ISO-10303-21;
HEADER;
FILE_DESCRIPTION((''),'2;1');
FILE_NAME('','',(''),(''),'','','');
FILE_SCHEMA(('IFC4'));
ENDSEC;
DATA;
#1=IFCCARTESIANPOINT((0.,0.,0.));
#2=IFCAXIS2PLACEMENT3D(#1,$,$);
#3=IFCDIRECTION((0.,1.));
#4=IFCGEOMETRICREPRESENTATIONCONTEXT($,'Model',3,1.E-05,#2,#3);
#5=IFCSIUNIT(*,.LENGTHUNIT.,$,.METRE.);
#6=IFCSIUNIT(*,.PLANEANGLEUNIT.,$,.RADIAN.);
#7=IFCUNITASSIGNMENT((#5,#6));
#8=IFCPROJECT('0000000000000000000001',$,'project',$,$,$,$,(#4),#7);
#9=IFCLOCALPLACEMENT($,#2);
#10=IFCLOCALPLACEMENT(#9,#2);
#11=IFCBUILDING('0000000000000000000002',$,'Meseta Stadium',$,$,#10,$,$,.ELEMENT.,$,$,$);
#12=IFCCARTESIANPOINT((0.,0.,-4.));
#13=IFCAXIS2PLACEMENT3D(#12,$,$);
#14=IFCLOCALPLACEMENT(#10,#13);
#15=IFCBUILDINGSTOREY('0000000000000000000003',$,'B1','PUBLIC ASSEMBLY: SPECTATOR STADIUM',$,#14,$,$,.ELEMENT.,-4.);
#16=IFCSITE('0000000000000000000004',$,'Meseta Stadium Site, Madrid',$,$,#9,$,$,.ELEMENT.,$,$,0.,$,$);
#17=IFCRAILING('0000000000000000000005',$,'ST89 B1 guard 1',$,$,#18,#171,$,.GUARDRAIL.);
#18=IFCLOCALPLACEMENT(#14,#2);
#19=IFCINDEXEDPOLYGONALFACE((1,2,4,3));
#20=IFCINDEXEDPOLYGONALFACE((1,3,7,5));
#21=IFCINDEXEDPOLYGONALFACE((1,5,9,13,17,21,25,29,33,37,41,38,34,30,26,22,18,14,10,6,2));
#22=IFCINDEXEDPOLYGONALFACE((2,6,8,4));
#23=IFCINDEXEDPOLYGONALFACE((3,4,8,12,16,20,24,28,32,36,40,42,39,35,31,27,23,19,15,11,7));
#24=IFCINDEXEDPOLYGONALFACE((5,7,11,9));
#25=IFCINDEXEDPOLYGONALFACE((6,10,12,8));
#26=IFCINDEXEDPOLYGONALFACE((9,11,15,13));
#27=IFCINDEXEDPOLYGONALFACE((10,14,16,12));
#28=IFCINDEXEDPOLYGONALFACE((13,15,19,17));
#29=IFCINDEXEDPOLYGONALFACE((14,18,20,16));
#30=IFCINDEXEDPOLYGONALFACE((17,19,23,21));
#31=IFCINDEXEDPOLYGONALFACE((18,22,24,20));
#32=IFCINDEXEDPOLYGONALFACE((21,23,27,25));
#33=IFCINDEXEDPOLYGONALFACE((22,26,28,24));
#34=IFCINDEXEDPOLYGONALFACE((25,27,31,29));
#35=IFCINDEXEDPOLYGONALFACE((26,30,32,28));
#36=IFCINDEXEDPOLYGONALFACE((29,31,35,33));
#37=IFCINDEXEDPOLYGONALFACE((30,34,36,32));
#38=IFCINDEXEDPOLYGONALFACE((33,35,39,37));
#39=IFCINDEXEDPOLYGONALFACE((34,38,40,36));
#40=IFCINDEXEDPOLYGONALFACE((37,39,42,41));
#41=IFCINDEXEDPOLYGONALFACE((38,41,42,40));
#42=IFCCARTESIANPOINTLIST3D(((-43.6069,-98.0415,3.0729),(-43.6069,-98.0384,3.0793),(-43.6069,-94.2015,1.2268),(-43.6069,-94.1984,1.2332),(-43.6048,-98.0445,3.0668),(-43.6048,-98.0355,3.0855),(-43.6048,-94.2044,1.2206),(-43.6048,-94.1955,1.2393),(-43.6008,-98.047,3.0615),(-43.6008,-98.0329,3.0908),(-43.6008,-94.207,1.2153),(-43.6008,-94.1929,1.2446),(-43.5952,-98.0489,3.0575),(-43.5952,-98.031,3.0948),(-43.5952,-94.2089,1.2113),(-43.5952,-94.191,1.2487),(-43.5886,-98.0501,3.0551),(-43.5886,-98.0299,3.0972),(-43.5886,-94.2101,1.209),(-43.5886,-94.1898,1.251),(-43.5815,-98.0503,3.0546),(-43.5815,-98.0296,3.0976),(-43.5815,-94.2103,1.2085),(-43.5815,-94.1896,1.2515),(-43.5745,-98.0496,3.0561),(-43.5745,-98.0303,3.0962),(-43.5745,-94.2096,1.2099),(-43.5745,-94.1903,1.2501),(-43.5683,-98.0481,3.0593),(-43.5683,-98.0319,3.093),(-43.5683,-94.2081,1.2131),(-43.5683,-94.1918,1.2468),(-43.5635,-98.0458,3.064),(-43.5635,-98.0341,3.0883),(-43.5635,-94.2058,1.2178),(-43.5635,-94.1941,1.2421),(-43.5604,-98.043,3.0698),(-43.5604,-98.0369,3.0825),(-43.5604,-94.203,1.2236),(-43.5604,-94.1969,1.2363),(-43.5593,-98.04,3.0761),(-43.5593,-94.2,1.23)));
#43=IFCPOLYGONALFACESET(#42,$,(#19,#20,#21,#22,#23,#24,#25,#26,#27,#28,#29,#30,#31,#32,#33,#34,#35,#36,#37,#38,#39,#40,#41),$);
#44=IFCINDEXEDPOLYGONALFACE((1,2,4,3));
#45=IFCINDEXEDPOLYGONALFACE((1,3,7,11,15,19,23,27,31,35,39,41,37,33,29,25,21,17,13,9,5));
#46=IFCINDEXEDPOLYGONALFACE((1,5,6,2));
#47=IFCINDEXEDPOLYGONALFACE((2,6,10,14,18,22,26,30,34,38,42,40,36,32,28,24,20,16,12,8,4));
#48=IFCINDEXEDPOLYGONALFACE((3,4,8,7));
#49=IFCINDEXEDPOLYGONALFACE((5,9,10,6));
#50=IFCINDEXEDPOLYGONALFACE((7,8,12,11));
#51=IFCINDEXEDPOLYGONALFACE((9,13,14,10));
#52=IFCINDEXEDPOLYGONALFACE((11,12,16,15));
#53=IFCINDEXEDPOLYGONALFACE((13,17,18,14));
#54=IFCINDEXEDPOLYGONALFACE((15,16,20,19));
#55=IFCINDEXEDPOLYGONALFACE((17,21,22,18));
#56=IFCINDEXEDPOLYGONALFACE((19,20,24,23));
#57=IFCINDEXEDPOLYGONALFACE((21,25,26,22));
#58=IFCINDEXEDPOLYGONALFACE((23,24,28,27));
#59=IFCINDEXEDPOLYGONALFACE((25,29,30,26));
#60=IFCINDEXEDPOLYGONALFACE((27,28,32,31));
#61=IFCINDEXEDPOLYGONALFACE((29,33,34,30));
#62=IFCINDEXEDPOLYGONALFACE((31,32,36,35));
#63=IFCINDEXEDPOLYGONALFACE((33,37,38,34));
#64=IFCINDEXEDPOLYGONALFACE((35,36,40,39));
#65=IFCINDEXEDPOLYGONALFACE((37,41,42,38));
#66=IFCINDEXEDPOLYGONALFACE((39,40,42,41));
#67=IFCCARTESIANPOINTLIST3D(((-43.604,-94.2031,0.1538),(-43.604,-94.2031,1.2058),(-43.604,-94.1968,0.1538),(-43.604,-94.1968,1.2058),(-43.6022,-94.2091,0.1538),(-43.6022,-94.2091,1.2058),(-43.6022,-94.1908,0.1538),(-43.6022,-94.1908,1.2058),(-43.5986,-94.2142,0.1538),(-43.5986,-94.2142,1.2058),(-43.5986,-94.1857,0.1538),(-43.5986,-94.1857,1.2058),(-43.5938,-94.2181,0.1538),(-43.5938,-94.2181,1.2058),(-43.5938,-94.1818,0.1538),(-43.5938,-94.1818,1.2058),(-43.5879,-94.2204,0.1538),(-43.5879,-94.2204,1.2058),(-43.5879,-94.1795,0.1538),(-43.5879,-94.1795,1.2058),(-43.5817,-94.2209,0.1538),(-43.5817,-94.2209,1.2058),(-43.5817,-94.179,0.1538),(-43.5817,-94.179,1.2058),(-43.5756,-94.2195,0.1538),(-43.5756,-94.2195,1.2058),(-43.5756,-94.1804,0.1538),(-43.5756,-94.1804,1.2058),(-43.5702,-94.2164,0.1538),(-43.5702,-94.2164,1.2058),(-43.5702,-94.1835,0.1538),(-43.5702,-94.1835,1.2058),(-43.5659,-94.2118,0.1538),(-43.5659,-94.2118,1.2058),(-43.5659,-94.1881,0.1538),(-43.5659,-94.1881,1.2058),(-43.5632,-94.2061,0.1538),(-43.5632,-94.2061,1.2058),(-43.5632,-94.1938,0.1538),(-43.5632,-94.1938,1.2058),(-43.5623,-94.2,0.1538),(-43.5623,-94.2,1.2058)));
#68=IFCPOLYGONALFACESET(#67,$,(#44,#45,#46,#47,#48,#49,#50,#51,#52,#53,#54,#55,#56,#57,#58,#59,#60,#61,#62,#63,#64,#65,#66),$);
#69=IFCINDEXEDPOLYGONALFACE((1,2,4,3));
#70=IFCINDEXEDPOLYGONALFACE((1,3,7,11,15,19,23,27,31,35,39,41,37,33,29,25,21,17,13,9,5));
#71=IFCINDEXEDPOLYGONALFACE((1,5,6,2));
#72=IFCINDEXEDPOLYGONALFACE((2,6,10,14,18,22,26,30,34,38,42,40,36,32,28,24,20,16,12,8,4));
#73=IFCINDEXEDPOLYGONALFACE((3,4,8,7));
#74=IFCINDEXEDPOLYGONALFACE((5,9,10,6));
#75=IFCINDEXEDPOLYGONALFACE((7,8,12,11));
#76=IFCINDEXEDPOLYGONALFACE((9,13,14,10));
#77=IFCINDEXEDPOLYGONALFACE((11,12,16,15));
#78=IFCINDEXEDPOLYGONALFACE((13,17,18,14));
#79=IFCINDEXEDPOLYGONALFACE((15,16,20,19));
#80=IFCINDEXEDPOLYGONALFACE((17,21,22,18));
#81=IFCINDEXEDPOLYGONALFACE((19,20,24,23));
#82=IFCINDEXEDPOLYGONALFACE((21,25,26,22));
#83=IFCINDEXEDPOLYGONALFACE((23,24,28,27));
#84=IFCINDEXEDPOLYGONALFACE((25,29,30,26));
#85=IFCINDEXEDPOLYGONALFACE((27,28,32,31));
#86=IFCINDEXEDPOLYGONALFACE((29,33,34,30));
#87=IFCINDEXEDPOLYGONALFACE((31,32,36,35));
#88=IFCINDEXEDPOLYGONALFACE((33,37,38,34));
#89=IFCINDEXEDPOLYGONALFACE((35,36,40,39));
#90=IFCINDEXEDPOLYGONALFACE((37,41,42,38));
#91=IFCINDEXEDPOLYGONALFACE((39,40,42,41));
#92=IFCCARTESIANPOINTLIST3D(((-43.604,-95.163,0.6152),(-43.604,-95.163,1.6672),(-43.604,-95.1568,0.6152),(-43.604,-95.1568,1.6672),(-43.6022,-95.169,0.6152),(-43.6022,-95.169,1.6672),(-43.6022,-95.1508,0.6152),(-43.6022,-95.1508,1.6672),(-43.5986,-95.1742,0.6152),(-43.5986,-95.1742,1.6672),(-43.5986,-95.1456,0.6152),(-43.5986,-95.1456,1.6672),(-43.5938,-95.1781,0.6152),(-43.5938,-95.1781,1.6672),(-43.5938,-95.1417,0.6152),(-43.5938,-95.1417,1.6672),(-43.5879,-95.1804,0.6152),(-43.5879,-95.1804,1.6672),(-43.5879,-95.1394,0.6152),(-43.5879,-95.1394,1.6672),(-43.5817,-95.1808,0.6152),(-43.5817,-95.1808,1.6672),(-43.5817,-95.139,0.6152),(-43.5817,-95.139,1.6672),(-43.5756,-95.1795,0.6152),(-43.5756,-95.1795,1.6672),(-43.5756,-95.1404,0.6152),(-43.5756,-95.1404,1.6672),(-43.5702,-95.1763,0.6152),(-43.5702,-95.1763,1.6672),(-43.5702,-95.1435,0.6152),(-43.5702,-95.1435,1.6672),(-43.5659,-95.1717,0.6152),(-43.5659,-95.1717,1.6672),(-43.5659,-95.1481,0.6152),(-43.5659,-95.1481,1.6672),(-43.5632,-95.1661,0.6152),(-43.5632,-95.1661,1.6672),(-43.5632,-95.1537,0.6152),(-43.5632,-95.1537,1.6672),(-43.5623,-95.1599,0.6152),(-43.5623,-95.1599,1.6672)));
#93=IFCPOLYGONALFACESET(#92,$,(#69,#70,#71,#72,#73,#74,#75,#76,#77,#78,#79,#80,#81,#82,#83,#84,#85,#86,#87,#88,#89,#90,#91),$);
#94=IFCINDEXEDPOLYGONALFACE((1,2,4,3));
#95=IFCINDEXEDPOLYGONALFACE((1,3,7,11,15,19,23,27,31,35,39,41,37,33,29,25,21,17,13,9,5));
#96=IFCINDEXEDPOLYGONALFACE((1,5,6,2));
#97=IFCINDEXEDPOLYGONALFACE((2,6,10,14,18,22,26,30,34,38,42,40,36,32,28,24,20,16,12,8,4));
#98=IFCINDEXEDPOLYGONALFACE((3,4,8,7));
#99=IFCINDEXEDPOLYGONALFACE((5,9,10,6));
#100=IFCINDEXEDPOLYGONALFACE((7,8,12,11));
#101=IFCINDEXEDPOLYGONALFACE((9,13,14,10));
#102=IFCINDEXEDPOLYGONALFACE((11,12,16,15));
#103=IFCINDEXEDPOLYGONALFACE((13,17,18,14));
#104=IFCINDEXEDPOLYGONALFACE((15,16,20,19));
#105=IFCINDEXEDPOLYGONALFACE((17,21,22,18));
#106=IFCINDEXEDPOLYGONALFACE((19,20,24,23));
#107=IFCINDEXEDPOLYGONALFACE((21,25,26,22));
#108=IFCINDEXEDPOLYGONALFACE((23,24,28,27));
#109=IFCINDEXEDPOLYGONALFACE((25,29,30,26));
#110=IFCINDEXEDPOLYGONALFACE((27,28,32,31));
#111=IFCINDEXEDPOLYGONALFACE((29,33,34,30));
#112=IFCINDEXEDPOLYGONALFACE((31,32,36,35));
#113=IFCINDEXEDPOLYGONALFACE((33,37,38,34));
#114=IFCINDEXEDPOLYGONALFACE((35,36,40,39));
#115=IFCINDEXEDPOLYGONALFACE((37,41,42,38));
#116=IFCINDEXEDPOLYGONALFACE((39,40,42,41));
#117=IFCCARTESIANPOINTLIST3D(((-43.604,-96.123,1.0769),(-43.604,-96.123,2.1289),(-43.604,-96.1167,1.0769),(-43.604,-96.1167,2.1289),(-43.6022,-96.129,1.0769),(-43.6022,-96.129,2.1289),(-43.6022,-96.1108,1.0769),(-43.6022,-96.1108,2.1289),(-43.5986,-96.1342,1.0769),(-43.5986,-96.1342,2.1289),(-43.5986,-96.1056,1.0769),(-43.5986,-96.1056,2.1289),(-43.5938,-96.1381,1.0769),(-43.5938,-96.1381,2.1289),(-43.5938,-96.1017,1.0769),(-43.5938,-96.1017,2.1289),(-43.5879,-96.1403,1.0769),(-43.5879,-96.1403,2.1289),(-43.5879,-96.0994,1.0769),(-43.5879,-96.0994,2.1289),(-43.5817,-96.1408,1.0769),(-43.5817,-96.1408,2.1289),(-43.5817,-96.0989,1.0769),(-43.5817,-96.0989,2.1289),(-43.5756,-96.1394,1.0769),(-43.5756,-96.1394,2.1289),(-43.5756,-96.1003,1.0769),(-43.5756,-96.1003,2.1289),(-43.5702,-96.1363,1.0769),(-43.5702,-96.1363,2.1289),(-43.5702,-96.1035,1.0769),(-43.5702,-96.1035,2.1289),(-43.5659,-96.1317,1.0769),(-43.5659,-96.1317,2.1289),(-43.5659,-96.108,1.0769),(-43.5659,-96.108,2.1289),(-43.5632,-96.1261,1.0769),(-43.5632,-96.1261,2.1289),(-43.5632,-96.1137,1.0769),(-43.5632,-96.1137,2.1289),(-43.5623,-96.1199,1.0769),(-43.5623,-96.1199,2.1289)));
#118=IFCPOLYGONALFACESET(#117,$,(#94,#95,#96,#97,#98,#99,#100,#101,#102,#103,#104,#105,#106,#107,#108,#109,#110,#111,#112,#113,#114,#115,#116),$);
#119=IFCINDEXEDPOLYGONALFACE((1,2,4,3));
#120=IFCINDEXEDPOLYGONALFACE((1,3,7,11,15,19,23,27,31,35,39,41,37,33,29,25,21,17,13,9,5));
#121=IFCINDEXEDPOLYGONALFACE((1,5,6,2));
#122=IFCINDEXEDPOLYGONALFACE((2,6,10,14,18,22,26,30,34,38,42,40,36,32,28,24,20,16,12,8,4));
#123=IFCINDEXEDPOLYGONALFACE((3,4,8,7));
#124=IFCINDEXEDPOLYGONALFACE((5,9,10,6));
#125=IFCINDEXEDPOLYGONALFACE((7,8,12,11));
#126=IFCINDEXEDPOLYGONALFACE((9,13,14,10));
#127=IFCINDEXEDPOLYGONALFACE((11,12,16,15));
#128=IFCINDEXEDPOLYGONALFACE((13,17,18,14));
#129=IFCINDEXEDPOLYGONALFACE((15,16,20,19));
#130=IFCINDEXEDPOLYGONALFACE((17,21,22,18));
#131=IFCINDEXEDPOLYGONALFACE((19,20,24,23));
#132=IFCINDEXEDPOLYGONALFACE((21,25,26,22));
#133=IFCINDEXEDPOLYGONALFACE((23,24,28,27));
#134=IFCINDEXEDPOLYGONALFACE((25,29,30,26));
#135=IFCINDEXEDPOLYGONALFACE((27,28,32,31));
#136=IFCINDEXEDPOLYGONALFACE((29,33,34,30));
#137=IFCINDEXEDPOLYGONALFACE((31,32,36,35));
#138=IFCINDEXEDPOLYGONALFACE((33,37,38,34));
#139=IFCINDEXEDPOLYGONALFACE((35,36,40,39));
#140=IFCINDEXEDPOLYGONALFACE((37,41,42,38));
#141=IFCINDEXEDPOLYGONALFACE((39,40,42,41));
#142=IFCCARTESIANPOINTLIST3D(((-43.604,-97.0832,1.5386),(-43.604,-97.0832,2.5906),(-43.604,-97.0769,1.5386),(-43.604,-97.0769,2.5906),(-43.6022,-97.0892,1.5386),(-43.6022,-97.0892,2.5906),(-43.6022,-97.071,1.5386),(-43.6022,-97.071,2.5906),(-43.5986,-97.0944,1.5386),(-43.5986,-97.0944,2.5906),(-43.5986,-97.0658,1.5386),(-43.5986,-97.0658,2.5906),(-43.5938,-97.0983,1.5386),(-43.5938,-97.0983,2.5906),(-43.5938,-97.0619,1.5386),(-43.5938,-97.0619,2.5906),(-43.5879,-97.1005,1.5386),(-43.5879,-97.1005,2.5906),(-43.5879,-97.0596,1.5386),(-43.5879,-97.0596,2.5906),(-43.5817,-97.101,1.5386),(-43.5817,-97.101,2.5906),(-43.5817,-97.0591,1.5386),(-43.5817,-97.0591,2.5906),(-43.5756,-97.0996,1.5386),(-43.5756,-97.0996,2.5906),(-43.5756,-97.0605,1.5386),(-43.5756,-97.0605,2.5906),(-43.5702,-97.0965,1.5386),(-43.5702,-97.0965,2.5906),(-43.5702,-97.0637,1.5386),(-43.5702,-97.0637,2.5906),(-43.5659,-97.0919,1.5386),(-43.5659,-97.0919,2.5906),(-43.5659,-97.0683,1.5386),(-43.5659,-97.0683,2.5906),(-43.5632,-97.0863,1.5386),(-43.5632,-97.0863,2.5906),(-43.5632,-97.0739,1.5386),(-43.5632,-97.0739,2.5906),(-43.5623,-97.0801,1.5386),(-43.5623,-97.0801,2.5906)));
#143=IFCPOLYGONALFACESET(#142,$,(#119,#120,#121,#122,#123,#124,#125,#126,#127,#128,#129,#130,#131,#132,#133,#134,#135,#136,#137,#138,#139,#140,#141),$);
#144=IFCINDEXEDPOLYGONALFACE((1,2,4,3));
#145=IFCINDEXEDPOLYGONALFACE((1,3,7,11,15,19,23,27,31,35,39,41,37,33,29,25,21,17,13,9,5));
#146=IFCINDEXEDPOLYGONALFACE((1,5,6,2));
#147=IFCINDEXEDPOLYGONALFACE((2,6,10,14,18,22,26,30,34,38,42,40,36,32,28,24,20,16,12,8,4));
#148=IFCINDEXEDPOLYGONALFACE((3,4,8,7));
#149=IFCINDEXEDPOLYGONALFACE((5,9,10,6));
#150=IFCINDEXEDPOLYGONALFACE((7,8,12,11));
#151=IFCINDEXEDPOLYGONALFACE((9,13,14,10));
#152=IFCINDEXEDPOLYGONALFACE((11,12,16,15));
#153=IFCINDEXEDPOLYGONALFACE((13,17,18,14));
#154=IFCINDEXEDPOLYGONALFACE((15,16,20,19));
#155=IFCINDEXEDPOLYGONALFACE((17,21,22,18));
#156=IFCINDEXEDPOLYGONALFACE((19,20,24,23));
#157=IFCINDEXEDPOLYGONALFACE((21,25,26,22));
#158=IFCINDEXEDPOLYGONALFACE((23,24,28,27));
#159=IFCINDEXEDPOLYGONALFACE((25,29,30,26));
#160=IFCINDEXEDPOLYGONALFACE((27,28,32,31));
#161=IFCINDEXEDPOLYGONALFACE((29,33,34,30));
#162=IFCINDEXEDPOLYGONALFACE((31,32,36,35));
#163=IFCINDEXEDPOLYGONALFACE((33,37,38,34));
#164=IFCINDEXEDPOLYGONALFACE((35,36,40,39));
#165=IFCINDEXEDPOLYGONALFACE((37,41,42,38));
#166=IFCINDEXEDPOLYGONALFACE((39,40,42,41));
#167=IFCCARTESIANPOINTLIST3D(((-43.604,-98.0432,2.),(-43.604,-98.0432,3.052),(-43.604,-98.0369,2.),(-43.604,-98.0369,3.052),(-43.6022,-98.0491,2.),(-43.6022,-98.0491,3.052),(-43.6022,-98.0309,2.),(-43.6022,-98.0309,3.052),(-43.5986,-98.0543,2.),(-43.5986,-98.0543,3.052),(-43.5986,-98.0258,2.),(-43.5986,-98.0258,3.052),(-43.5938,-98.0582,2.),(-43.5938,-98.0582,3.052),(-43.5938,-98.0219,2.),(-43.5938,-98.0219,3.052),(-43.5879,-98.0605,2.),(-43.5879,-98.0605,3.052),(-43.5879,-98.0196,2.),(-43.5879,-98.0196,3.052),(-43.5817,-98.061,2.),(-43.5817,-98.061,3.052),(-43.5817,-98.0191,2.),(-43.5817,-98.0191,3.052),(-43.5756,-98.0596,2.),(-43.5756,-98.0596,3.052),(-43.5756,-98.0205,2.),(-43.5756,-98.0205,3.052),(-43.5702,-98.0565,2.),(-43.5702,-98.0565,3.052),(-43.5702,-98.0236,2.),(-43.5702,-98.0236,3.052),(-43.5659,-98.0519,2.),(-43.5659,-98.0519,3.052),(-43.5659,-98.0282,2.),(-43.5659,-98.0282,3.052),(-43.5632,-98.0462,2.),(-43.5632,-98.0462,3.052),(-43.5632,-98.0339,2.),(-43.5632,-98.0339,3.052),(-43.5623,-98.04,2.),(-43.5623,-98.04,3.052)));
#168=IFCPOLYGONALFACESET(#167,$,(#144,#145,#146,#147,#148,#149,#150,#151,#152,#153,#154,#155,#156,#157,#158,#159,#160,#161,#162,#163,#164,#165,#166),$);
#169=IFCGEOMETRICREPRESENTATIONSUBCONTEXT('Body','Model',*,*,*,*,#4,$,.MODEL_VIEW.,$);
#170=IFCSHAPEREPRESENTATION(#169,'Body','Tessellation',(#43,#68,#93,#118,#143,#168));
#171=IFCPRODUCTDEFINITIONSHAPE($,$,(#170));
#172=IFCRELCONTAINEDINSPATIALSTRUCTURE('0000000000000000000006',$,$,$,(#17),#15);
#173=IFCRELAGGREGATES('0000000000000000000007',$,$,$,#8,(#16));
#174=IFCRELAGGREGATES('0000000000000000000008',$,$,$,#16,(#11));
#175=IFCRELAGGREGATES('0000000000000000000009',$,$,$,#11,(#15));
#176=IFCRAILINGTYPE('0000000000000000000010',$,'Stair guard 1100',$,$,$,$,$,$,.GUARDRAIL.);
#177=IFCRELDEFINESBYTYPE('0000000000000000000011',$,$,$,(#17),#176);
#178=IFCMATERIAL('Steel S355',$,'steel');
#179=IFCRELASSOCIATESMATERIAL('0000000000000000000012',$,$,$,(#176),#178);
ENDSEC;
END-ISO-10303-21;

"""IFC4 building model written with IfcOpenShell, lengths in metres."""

from ifc_helpers import new_model, si_unit, direction, frame, origin, origin_2d, place, context, subcontext, project, spatial, circle, extrude, material, type_object, element, save


model = new_model("IFC4")

# Units and contexts
model_context = context("Model", 3, precision=1e-05, world=origin(), true_north=direction((0.0, 1.0)))
body_context = subcontext(model_context, "Body", "Model", "MODEL_VIEW")
ifc_project = project(units=[si_unit("LENGTHUNIT", "METRE"), si_unit("PLANEANGLEUNIT", "RADIAN")], contexts=[model_context])

# Site, building, storey
site_placement = place(None, origin())
site = spatial("IfcSite", under=ifc_project, at=site_placement, Name="Meseta Stadium Site, Madrid", CompositionType="ELEMENT", RefElevation=0.0)
building_placement = place(site_placement, origin())
building = spatial("IfcBuilding", under=site, at=building_placement, Name="Meseta Stadium", CompositionType="ELEMENT")
storey_placement = place(building_placement, frame((0.0, 0.0, -4.0)))
storey = spatial("IfcBuildingStorey", under=building, at=storey_placement, Name="B1", Description="PUBLIC ASSEMBLY: SPECTATOR STADIUM", CompositionType="ELEMENT", Elevation=-4.0)

# Railing
ifc_material_1 = material(Name="Steel S355", Category="steel")
railing_type_1 = type_object("IfcRailingType", Name="Stair guard 1100", PredefinedType="GUARDRAIL", material=ifc_material_1)
railing_1_placement = place(storey_placement, frame((-43.5833, -94.2, 0.1538)))
element("IfcRailing", 1, at=railing_1_placement, inside=storey, type_object=railing_type_1, Name="ST89 B1 guard 1", PredefinedType="GUARDRAIL", context=body_context, shape_type="SweptSolid", body=[
    extrude(circle(Radius=0.0239, at=origin_2d()), frame((0.0, 0.0, 1.0762), z_axis=(0.0, -0.901253, 0.433294), x_axis=(1.0, 0.0, 0.0)), (0.0, 0.0, 1.0), 4.2607),
    extrude(circle(Radius=0.021, at=origin_2d()), origin(), (0.0, 0.0, 1.0), 1.052),
    extrude(circle(Radius=0.021, at=origin_2d()), frame((0.0, -0.96, 0.4614)), (0.0, 0.0, 1.0), 1.052),
    extrude(circle(Radius=0.021, at=origin_2d()), frame((0.0, -1.9199, 0.9231)), (0.0, 0.0, 1.0), 1.052),
    extrude(circle(Radius=0.021, at=origin_2d()), frame((0.0, -2.8801, 1.3848)), (0.0, 0.0, 1.0), 1.052),
    extrude(circle(Radius=0.021, at=origin_2d()), frame((0.0, -3.8401, 1.8462)), (0.0, 0.0, 1.0), 1.052),
])

save(model, "model.ifc")
